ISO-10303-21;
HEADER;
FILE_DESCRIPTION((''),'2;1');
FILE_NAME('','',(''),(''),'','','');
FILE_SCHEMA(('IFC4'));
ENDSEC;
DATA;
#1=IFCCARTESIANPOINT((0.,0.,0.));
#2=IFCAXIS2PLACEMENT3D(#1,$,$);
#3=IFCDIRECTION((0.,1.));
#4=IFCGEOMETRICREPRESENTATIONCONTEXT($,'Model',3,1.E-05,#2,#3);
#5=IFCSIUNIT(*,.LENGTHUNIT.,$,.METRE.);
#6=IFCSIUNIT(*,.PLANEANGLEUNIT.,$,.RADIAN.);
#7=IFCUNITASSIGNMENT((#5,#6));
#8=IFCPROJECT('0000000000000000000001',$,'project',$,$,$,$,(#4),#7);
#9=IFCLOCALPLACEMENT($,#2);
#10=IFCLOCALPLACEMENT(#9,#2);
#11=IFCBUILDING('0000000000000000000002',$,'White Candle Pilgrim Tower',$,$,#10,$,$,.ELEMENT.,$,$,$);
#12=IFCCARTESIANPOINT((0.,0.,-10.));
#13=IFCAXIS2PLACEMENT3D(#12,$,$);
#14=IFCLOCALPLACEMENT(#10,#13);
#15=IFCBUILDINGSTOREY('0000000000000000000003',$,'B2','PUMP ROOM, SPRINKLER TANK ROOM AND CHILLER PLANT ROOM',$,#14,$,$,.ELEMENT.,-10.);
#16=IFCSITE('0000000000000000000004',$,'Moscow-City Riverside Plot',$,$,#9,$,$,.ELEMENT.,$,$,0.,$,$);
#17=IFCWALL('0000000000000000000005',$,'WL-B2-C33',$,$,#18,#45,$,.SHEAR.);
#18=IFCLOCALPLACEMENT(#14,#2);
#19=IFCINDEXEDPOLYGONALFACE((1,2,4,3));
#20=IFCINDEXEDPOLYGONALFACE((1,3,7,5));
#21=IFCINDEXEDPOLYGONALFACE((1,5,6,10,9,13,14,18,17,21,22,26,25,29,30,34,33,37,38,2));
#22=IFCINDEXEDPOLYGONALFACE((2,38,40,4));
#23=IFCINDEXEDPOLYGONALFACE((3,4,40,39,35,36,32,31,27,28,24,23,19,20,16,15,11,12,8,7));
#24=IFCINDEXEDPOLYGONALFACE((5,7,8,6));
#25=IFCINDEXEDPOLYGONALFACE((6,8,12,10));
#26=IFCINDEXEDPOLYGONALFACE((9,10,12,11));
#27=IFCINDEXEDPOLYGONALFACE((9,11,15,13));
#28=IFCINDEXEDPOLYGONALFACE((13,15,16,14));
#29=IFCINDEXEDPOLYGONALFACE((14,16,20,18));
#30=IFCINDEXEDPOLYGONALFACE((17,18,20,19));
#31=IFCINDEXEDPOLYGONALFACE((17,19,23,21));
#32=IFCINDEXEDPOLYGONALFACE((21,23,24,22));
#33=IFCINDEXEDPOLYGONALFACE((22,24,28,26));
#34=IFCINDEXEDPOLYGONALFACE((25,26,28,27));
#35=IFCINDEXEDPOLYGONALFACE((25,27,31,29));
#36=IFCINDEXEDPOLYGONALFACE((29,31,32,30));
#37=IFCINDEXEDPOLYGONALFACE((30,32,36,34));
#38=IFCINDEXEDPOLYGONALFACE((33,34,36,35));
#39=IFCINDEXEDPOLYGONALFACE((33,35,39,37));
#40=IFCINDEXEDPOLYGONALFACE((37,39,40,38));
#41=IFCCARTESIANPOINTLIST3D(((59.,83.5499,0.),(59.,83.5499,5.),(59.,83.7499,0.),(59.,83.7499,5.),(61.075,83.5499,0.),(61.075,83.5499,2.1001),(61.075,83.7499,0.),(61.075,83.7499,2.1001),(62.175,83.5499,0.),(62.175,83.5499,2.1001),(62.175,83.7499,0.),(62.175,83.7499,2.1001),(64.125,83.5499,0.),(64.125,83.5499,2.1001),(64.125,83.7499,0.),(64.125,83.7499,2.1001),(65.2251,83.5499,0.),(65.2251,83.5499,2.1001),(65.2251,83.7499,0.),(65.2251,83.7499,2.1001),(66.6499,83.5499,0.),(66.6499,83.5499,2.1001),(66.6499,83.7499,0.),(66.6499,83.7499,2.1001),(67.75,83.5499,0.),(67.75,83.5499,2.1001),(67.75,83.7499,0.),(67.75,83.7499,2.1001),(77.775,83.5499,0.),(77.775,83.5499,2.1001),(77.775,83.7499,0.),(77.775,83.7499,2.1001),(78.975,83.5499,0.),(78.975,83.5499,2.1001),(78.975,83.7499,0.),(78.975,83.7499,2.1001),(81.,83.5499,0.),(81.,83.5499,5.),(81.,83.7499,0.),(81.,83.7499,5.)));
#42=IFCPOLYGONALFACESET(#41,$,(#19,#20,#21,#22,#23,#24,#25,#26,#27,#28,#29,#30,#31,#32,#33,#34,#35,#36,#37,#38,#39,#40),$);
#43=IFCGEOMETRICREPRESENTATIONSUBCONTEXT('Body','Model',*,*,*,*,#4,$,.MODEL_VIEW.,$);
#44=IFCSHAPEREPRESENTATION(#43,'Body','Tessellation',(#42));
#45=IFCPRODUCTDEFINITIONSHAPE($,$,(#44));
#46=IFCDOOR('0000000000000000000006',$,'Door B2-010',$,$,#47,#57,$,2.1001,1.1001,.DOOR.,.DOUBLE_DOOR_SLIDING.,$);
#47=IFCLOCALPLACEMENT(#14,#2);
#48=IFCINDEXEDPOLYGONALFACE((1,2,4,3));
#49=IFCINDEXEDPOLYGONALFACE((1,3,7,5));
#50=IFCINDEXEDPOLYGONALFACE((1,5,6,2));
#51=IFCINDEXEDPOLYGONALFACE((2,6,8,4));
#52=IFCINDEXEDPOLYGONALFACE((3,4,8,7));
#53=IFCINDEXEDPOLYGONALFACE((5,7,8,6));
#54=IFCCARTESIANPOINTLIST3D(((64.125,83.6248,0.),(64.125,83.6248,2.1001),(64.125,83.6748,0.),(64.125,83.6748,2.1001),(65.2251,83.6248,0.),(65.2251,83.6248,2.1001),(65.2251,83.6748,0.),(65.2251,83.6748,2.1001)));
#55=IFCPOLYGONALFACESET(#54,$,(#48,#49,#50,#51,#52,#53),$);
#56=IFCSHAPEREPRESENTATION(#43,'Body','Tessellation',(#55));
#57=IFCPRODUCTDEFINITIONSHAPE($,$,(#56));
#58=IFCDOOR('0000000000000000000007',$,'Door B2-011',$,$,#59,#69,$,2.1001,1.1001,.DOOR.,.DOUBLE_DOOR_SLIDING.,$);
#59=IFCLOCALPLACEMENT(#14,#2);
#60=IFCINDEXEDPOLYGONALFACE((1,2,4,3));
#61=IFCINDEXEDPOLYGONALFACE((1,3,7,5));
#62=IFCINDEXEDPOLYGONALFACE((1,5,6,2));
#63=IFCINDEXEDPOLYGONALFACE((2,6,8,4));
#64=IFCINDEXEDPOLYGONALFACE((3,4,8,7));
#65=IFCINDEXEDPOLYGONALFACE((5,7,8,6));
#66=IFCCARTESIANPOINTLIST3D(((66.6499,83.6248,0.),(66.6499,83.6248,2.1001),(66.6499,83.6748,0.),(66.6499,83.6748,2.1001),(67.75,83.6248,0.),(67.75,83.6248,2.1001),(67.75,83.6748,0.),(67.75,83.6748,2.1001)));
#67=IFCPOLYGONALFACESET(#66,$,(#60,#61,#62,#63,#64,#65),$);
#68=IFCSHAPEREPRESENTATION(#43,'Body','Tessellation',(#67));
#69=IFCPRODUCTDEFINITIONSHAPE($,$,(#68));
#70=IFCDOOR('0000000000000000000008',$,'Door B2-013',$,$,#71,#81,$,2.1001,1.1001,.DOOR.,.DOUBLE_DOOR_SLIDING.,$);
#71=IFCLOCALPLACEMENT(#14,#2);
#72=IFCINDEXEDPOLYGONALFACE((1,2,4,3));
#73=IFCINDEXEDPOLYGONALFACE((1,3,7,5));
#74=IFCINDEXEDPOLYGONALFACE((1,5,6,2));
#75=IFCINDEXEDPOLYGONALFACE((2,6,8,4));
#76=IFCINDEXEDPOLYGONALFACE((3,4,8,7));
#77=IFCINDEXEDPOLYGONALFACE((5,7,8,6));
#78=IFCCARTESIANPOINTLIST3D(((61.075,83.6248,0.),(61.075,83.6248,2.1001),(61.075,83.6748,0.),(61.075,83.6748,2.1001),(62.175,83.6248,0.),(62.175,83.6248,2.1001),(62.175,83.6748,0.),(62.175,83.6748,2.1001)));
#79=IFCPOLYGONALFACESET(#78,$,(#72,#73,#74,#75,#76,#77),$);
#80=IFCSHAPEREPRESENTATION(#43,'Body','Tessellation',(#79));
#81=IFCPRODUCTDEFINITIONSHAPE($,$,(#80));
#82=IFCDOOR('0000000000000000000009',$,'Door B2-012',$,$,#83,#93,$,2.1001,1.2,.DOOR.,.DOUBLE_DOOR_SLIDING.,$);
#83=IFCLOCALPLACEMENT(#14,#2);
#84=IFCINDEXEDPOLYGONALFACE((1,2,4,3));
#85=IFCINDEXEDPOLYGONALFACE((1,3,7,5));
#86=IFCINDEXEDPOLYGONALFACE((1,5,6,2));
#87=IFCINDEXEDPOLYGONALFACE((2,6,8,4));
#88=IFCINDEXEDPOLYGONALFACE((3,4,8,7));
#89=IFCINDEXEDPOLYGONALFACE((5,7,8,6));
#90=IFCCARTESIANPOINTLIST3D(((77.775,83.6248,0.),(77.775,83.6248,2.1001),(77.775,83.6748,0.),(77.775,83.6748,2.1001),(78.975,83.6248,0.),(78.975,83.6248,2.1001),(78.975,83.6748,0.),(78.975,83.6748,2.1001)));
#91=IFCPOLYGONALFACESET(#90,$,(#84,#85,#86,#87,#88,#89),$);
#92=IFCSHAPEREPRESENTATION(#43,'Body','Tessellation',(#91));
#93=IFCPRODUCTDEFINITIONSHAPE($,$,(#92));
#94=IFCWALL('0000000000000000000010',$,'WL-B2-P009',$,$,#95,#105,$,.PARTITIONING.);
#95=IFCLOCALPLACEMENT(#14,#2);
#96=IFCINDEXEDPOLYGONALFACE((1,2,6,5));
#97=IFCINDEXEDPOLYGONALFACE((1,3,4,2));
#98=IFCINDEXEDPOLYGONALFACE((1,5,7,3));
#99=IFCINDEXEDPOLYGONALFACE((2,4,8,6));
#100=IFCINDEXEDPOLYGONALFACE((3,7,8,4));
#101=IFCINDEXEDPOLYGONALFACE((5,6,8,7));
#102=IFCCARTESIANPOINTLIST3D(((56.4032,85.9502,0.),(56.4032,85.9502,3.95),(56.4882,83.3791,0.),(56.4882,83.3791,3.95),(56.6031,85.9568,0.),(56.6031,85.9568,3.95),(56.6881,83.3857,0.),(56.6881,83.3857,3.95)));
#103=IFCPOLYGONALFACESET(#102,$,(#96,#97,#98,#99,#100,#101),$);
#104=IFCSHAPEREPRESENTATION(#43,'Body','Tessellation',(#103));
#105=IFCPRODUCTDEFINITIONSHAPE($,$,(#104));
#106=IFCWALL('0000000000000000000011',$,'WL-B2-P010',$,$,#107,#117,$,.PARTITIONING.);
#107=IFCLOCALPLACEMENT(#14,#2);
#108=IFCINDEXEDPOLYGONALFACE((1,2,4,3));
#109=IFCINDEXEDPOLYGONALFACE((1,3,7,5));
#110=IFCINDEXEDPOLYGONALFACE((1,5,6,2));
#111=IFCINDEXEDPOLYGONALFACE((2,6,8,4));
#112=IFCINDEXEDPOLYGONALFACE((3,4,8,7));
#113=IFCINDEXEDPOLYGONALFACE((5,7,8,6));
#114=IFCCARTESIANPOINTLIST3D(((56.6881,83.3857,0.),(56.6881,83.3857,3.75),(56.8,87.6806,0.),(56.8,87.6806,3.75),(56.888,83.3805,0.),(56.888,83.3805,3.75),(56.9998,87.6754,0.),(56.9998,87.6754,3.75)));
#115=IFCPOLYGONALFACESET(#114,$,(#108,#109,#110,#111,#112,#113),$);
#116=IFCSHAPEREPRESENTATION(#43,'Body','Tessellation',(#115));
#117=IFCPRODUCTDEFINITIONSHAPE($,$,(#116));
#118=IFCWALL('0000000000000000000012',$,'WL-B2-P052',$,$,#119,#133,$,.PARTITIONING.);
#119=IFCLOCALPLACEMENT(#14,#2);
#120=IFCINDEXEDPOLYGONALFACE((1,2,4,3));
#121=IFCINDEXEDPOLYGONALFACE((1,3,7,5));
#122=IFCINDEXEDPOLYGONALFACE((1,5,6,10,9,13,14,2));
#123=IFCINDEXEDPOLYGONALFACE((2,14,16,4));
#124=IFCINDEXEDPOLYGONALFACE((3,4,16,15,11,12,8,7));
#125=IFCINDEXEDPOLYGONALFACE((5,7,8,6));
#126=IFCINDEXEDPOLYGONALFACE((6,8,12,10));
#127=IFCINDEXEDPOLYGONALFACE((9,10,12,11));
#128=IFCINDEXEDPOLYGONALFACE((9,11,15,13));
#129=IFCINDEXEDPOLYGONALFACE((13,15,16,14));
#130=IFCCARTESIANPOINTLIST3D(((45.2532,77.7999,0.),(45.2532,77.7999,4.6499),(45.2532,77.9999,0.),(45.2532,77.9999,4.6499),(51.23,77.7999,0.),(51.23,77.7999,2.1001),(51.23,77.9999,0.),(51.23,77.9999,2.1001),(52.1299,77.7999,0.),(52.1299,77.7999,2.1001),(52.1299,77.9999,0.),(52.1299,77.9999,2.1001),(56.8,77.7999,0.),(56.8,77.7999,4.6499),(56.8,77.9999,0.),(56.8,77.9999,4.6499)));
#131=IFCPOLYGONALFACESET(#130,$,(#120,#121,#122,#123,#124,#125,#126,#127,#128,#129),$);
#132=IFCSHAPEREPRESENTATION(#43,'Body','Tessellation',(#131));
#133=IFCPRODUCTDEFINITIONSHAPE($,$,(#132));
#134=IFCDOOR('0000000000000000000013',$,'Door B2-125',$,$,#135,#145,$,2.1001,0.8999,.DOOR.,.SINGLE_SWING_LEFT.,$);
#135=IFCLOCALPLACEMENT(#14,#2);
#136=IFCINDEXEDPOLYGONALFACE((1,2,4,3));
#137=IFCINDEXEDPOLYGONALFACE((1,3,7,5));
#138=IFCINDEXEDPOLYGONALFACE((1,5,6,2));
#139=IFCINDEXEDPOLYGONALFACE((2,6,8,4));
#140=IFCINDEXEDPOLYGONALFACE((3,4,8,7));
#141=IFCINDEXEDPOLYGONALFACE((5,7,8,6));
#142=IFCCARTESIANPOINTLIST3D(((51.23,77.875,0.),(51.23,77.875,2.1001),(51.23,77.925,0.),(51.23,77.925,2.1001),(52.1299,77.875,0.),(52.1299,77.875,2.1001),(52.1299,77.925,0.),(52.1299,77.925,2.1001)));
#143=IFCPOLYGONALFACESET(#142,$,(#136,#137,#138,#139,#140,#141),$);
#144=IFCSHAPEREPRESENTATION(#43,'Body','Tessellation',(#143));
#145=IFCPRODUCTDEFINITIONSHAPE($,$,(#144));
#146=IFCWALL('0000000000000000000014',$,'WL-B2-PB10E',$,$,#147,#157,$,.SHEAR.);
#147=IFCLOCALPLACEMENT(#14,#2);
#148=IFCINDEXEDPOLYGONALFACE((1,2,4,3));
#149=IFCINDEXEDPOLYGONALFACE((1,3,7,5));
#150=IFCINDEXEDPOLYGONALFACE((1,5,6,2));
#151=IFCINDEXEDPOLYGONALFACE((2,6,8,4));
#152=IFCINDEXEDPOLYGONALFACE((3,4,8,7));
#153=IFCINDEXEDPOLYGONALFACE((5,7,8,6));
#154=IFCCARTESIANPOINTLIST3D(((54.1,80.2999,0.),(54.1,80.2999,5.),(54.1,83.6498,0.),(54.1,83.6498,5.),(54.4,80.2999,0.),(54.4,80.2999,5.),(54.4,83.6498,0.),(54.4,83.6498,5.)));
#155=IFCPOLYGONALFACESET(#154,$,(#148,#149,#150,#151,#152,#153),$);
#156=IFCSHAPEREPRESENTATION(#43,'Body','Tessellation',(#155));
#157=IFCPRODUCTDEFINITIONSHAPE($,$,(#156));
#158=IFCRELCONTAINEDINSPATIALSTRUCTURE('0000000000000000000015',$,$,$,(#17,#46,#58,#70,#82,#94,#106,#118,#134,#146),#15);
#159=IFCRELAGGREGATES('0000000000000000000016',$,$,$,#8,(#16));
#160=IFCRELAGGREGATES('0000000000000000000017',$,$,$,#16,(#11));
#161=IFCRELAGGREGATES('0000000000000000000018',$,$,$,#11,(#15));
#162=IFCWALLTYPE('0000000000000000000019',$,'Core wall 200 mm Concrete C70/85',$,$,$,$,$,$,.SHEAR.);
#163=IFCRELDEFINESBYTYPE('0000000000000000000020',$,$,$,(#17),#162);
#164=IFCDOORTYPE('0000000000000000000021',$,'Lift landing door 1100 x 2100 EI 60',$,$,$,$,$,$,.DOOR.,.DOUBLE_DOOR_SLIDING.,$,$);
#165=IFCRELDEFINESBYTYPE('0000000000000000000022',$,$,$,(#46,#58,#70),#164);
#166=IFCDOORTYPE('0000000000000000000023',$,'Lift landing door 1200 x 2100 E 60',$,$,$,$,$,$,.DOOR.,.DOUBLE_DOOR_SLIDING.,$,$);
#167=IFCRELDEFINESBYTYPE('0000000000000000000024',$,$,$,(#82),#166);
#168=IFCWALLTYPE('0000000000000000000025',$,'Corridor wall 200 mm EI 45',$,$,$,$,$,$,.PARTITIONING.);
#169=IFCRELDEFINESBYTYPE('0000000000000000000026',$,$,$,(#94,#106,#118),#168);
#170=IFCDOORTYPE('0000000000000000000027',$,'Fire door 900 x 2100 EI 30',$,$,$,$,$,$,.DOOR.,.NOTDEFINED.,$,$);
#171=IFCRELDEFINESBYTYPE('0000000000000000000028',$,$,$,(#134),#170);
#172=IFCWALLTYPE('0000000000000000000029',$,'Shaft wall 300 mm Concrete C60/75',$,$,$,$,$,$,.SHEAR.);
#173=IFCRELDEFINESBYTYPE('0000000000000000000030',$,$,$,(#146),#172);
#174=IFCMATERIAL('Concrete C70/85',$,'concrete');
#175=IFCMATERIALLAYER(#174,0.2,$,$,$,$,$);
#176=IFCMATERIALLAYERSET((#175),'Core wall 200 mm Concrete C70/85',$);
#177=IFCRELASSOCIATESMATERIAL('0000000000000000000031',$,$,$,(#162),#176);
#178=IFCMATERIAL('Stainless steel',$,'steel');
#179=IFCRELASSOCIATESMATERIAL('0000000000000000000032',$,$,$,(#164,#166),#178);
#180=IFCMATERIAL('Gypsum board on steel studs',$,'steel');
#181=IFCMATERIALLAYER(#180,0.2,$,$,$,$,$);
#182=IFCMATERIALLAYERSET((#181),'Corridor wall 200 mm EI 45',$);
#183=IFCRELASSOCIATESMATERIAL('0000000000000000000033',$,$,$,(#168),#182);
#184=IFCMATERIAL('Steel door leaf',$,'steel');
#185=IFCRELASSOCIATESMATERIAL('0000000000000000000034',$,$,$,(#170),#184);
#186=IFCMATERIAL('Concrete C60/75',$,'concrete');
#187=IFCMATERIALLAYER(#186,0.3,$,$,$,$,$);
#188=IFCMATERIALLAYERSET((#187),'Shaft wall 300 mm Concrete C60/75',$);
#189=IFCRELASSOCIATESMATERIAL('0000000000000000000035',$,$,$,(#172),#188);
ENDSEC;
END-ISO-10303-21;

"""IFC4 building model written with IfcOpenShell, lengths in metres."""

from ifc_helpers import new_model, si_unit, direction, frame, frame_2d, origin, place, context, subcontext, project, spatial, rectangle, extrude, material, layer, layer_set, type_object, element, fill, save


model = new_model("IFC4")

# Units and contexts
model_context = context("Model", 3, precision=1e-05, world=origin(), true_north=direction((0.0, 1.0)))
body_context = subcontext(model_context, "Body", "Model", "MODEL_VIEW")
ifc_project = project(units=[si_unit("LENGTHUNIT", "METRE"), si_unit("PLANEANGLEUNIT", "RADIAN")], contexts=[model_context])

# Site, building, storey
site_placement = place(None, origin())
site = spatial("IfcSite", under=ifc_project, at=site_placement, Name="Moscow-City Riverside Plot", CompositionType="ELEMENT", RefElevation=0.0)
building_placement = place(site_placement, origin())
building = spatial("IfcBuilding", under=site, at=building_placement, Name="White Candle Pilgrim Tower", CompositionType="ELEMENT")
storey_placement = place(building_placement, frame((0.0, 0.0, -10.0)))
storey = spatial("IfcBuildingStorey", under=building, at=storey_placement, Name="B2", Description="PUMP ROOM, SPRINKLER TANK ROOM AND CHILLER PLANT ROOM", CompositionType="ELEMENT", Elevation=-10.0)

# Shared definitions
ifc_material_1 = material(Name="Concrete C70/85", Category="concrete")
ifc_material_2 = material(Name="Steel door leaf", Category="steel")

# Shared definitions
ifc_layer_1 = layer(ifc_material_1, 0.2)
ifc_layer_set_1 = layer_set([ifc_layer_1], Name="Core wall 200 mm Concrete C70/85")
wall_type_1 = type_object("IfcWallType", Name="Core wall 200 mm Concrete C70/85", PredefinedType="SHEAR", material=ifc_layer_set_1)

# Wall, openings, doors
wall_1_placement = place(storey_placement, frame((59.0, 83.6499, 0.0), z_axis=(0.0, 0.0, 1.0), x_axis=(1.0, 0.0, 0.0)))
wall_1 = element("IfcWall", 1, at=wall_1_placement, inside=storey, type_object=wall_type_1, Name="WL-B2-C33", PredefinedType="SHEAR", context=body_context, shape_type="SweptSolid", body=[
    extrude(rectangle(XDim=22.0, YDim=0.2, at=frame_2d((11.0, 0.0))), origin(), (0.0, 0.0, 1.0), 5.0),
])
opening_1_placement = place(wall_1_placement, frame((5.125, 0.0, 0.0)))
opening_1 = element("IfcOpeningElement", 2, at=opening_1_placement, cuts=wall_1, PredefinedType="OPENING", context=body_context, shape_type="SweptSolid", body=[
    extrude(rectangle(XDim=1.1001, YDim=2.1001, at=frame_2d((0.55, 1.05))), frame((0.0, 0.1099, 0.0), z_axis=(0.0, -1.0, 0.0), x_axis=(1.0, 0.0, 0.0)), (0.0, 0.0, 1.0), 0.22),
])
opening_2_placement = place(wall_1_placement, frame((7.6499, 0.0, 0.0)))
opening_2 = element("IfcOpeningElement", 3, at=opening_2_placement, cuts=wall_1, PredefinedType="OPENING", context=body_context, shape_type="SweptSolid", body=[
    extrude(rectangle(XDim=1.1001, YDim=2.1001, at=frame_2d((0.55, 1.05))), frame((0.0, 0.1099, 0.0), z_axis=(0.0, -1.0, 0.0), x_axis=(1.0, 0.0, 0.0)), (0.0, 0.0, 1.0), 0.22),
])
opening_3_placement = place(wall_1_placement, frame((18.7749, 0.0, 0.0)))
opening_3 = element("IfcOpeningElement", 4, at=opening_3_placement, cuts=wall_1, PredefinedType="OPENING", context=body_context, shape_type="SweptSolid", body=[
    extrude(rectangle(XDim=1.2, YDim=2.1001, at=frame_2d((0.6001, 1.05))), frame((0.0, 0.1099, 0.0), z_axis=(0.0, -1.0, 0.0), x_axis=(1.0, 0.0, 0.0)), (0.0, 0.0, 1.0), 0.22),
])
opening_4_placement = place(wall_1_placement, frame((2.075, 0.0, 0.0)))
opening_4 = element("IfcOpeningElement", 5, at=opening_4_placement, cuts=wall_1, PredefinedType="OPENING", context=body_context, shape_type="SweptSolid", body=[
    extrude(rectangle(XDim=1.1001, YDim=2.1001, at=frame_2d((0.55, 1.05))), frame((0.0, 0.1099, 0.0), z_axis=(0.0, -1.0, 0.0), x_axis=(1.0, 0.0, 0.0)), (0.0, 0.0, 1.0), 0.22),
])
ifc_material_3 = material(Name="Stainless steel", Category="steel")
door_type_1 = type_object("IfcDoorType", Name="Lift landing door 1100 x 2100 EI 60", OperationType="DOUBLE_DOOR_SLIDING", PredefinedType="DOOR", material=ifc_material_3)
door_1_placement = place(opening_1_placement, origin())
door_1 = element("IfcDoor", 6, at=door_1_placement, inside=storey, type_object=door_type_1, Name="Door B2-010", OperationType="DOUBLE_DOOR_SLIDING", OverallHeight=2.1001, OverallWidth=1.1001, PredefinedType="DOOR", context=body_context, shape_type="SweptSolid", body=[
    extrude(rectangle(XDim=1.1001, YDim=2.1001, at=frame_2d((0.55, 1.05))), frame((0.0, 0.0249, 0.0), z_axis=(0.0, -1.0, 0.0), x_axis=(1.0, 0.0, 0.0)), (0.0, 0.0, 1.0), 0.05),
])
fill(opening_1, door_1)
door_2_placement = place(opening_2_placement, origin())
door_2 = element("IfcDoor", 7, at=door_2_placement, inside=storey, type_object=door_type_1, Name="Door B2-011", OperationType="DOUBLE_DOOR_SLIDING", OverallHeight=2.1001, OverallWidth=1.1001, PredefinedType="DOOR", context=body_context, shape_type="SweptSolid", body=[
    extrude(rectangle(XDim=1.1001, YDim=2.1001, at=frame_2d((0.55, 1.05))), frame((0.0, 0.0249, 0.0), z_axis=(0.0, -1.0, 0.0), x_axis=(1.0, 0.0, 0.0)), (0.0, 0.0, 1.0), 0.05),
])
fill(opening_2, door_2)
door_3_placement = place(opening_4_placement, origin())
door_3 = element("IfcDoor", 8, at=door_3_placement, inside=storey, type_object=door_type_1, Name="Door B2-013", OperationType="DOUBLE_DOOR_SLIDING", OverallHeight=2.1001, OverallWidth=1.1001, PredefinedType="DOOR", context=body_context, shape_type="SweptSolid", body=[
    extrude(rectangle(XDim=1.1001, YDim=2.1001, at=frame_2d((0.55, 1.05))), frame((0.0, 0.0249, 0.0), z_axis=(0.0, -1.0, 0.0), x_axis=(1.0, 0.0, 0.0)), (0.0, 0.0, 1.0), 0.05),
])
fill(opening_4, door_3)
door_type_2 = type_object("IfcDoorType", Name="Lift landing door 1200 x 2100 E 60", OperationType="DOUBLE_DOOR_SLIDING", PredefinedType="DOOR", material=ifc_material_3)
door_4_placement = place(opening_3_placement, origin())
door_4 = element("IfcDoor", 9, at=door_4_placement, inside=storey, type_object=door_type_2, Name="Door B2-012", OperationType="DOUBLE_DOOR_SLIDING", OverallHeight=2.1001, OverallWidth=1.2, PredefinedType="DOOR", context=body_context, shape_type="SweptSolid", body=[
    extrude(rectangle(XDim=1.2, YDim=2.1001, at=frame_2d((0.6001, 1.05))), frame((0.0, 0.0249, 0.0), z_axis=(0.0, -1.0, 0.0), x_axis=(1.0, 0.0, 0.0)), (0.0, 0.0, 1.0), 0.05),
])
fill(opening_3, door_4)

# Walls
ifc_material_4 = material(Name="Gypsum board on steel studs", Category="steel")
ifc_layer_2 = layer(ifc_material_4, 0.2)
ifc_layer_set_2 = layer_set([ifc_layer_2], Name="Corridor wall 200 mm EI 45")
wall_type_2 = type_object("IfcWallType", Name="Corridor wall 200 mm EI 45", PredefinedType="PARTITIONING", material=ifc_layer_set_2)
wall_2_placement = place(storey_placement, frame((56.5032, 85.9534, 0.0), z_axis=(0.0, 0.0, 1.0), x_axis=(0.033027, -0.999454, 0.0)))
element("IfcWall", 10, at=wall_2_placement, inside=storey, type_object=wall_type_2, Name="WL-B2-P009", PredefinedType="PARTITIONING", context=body_context, shape_type="SweptSolid", body=[
    extrude(rectangle(XDim=2.5725, YDim=0.2, at=frame_2d((1.2861, 0.0))), origin(), (0.0, 0.0, 1.0), 3.95),
])
wall_3_placement = place(storey_placement, frame((56.7881, 83.3831, 0.0), z_axis=(0.0, 0.0, 1.0), x_axis=(0.026026, 0.999661, 0.0)))
element("IfcWall", 11, at=wall_3_placement, inside=storey, type_object=wall_type_2, Name="WL-B2-P010", PredefinedType="PARTITIONING", context=body_context, shape_type="SweptSolid", body=[
    extrude(rectangle(XDim=4.2964, YDim=0.2, at=frame_2d((2.1482, 0.0))), origin(), (0.0, 0.0, 1.0), 3.75),
])

# Wall, opening, door
wall_4_placement = place(storey_placement, frame((56.8, 77.8999, 0.0), z_axis=(0.0, 0.0, 1.0), x_axis=(-1.0, 0.0, 0.0)))
wall_4 = element("IfcWall", 12, at=wall_4_placement, inside=storey, type_object=wall_type_2, Name="WL-B2-P052", PredefinedType="PARTITIONING", context=body_context, shape_type="SweptSolid", body=[
    extrude(rectangle(XDim=11.5469, YDim=0.2, at=frame_2d((5.7734, 0.0))), origin(), (0.0, 0.0, 1.0), 4.6499),
])
opening_5_placement = place(wall_4_placement, frame((4.6702, 0.0, 0.0)))
opening_5 = element("IfcOpeningElement", 13, at=opening_5_placement, cuts=wall_4, PredefinedType="OPENING", context=body_context, shape_type="SweptSolid", body=[
    extrude(rectangle(XDim=0.8999, YDim=2.1001, at=frame_2d((0.45, 1.05))), frame((0.0, 0.1099, 0.0), z_axis=(0.0, -1.0, 0.0), x_axis=(1.0, 0.0, 0.0)), (0.0, 0.0, 1.0), 0.22),
])
door_type_3 = type_object("IfcDoorType", Name="Fire door 900 x 2100 EI 30", OperationType="NOTDEFINED", PredefinedType="DOOR", material=ifc_material_2)
door_5_placement = place(opening_5_placement, origin())
door_5 = element("IfcDoor", 14, at=door_5_placement, inside=storey, type_object=door_type_3, Name="Door B2-125", OperationType="SINGLE_SWING_LEFT", OverallHeight=2.1001, OverallWidth=0.8999, PredefinedType="DOOR", context=body_context, shape_type="SweptSolid", body=[
    extrude(rectangle(XDim=0.8999, YDim=2.1001, at=frame_2d((0.45, 1.05))), frame((0.0, 0.0249, 0.0), z_axis=(0.0, -1.0, 0.0), x_axis=(1.0, 0.0, 0.0)), (0.0, 0.0, 1.0), 0.05),
])
fill(opening_5, door_5)

# Wall
ifc_material_5 = material(Name="Concrete C60/75", Category="concrete")
ifc_layer_3 = layer(ifc_material_5, 0.3)
ifc_layer_set_3 = layer_set([ifc_layer_3], Name="Shaft wall 300 mm Concrete C60/75")
wall_type_3 = type_object("IfcWallType", Name="Shaft wall 300 mm Concrete C60/75", PredefinedType="SHEAR", material=ifc_layer_set_3)
wall_5_placement = place(storey_placement, frame((54.25, 80.3, 0.0), z_axis=(0.0, 0.0, 1.0), x_axis=(0.0, 1.0, 0.0)))
element("IfcWall", 15, at=wall_5_placement, inside=storey, type_object=wall_type_3, Name="WL-B2-PB10E", PredefinedType="SHEAR", context=body_context, shape_type="SweptSolid", body=[
    extrude(rectangle(XDim=3.3499, YDim=0.3, at=frame_2d((1.6748, 0.0))), origin(), (0.0, 0.0, 1.0), 5.0),
])

save(model, "model.ifc")
